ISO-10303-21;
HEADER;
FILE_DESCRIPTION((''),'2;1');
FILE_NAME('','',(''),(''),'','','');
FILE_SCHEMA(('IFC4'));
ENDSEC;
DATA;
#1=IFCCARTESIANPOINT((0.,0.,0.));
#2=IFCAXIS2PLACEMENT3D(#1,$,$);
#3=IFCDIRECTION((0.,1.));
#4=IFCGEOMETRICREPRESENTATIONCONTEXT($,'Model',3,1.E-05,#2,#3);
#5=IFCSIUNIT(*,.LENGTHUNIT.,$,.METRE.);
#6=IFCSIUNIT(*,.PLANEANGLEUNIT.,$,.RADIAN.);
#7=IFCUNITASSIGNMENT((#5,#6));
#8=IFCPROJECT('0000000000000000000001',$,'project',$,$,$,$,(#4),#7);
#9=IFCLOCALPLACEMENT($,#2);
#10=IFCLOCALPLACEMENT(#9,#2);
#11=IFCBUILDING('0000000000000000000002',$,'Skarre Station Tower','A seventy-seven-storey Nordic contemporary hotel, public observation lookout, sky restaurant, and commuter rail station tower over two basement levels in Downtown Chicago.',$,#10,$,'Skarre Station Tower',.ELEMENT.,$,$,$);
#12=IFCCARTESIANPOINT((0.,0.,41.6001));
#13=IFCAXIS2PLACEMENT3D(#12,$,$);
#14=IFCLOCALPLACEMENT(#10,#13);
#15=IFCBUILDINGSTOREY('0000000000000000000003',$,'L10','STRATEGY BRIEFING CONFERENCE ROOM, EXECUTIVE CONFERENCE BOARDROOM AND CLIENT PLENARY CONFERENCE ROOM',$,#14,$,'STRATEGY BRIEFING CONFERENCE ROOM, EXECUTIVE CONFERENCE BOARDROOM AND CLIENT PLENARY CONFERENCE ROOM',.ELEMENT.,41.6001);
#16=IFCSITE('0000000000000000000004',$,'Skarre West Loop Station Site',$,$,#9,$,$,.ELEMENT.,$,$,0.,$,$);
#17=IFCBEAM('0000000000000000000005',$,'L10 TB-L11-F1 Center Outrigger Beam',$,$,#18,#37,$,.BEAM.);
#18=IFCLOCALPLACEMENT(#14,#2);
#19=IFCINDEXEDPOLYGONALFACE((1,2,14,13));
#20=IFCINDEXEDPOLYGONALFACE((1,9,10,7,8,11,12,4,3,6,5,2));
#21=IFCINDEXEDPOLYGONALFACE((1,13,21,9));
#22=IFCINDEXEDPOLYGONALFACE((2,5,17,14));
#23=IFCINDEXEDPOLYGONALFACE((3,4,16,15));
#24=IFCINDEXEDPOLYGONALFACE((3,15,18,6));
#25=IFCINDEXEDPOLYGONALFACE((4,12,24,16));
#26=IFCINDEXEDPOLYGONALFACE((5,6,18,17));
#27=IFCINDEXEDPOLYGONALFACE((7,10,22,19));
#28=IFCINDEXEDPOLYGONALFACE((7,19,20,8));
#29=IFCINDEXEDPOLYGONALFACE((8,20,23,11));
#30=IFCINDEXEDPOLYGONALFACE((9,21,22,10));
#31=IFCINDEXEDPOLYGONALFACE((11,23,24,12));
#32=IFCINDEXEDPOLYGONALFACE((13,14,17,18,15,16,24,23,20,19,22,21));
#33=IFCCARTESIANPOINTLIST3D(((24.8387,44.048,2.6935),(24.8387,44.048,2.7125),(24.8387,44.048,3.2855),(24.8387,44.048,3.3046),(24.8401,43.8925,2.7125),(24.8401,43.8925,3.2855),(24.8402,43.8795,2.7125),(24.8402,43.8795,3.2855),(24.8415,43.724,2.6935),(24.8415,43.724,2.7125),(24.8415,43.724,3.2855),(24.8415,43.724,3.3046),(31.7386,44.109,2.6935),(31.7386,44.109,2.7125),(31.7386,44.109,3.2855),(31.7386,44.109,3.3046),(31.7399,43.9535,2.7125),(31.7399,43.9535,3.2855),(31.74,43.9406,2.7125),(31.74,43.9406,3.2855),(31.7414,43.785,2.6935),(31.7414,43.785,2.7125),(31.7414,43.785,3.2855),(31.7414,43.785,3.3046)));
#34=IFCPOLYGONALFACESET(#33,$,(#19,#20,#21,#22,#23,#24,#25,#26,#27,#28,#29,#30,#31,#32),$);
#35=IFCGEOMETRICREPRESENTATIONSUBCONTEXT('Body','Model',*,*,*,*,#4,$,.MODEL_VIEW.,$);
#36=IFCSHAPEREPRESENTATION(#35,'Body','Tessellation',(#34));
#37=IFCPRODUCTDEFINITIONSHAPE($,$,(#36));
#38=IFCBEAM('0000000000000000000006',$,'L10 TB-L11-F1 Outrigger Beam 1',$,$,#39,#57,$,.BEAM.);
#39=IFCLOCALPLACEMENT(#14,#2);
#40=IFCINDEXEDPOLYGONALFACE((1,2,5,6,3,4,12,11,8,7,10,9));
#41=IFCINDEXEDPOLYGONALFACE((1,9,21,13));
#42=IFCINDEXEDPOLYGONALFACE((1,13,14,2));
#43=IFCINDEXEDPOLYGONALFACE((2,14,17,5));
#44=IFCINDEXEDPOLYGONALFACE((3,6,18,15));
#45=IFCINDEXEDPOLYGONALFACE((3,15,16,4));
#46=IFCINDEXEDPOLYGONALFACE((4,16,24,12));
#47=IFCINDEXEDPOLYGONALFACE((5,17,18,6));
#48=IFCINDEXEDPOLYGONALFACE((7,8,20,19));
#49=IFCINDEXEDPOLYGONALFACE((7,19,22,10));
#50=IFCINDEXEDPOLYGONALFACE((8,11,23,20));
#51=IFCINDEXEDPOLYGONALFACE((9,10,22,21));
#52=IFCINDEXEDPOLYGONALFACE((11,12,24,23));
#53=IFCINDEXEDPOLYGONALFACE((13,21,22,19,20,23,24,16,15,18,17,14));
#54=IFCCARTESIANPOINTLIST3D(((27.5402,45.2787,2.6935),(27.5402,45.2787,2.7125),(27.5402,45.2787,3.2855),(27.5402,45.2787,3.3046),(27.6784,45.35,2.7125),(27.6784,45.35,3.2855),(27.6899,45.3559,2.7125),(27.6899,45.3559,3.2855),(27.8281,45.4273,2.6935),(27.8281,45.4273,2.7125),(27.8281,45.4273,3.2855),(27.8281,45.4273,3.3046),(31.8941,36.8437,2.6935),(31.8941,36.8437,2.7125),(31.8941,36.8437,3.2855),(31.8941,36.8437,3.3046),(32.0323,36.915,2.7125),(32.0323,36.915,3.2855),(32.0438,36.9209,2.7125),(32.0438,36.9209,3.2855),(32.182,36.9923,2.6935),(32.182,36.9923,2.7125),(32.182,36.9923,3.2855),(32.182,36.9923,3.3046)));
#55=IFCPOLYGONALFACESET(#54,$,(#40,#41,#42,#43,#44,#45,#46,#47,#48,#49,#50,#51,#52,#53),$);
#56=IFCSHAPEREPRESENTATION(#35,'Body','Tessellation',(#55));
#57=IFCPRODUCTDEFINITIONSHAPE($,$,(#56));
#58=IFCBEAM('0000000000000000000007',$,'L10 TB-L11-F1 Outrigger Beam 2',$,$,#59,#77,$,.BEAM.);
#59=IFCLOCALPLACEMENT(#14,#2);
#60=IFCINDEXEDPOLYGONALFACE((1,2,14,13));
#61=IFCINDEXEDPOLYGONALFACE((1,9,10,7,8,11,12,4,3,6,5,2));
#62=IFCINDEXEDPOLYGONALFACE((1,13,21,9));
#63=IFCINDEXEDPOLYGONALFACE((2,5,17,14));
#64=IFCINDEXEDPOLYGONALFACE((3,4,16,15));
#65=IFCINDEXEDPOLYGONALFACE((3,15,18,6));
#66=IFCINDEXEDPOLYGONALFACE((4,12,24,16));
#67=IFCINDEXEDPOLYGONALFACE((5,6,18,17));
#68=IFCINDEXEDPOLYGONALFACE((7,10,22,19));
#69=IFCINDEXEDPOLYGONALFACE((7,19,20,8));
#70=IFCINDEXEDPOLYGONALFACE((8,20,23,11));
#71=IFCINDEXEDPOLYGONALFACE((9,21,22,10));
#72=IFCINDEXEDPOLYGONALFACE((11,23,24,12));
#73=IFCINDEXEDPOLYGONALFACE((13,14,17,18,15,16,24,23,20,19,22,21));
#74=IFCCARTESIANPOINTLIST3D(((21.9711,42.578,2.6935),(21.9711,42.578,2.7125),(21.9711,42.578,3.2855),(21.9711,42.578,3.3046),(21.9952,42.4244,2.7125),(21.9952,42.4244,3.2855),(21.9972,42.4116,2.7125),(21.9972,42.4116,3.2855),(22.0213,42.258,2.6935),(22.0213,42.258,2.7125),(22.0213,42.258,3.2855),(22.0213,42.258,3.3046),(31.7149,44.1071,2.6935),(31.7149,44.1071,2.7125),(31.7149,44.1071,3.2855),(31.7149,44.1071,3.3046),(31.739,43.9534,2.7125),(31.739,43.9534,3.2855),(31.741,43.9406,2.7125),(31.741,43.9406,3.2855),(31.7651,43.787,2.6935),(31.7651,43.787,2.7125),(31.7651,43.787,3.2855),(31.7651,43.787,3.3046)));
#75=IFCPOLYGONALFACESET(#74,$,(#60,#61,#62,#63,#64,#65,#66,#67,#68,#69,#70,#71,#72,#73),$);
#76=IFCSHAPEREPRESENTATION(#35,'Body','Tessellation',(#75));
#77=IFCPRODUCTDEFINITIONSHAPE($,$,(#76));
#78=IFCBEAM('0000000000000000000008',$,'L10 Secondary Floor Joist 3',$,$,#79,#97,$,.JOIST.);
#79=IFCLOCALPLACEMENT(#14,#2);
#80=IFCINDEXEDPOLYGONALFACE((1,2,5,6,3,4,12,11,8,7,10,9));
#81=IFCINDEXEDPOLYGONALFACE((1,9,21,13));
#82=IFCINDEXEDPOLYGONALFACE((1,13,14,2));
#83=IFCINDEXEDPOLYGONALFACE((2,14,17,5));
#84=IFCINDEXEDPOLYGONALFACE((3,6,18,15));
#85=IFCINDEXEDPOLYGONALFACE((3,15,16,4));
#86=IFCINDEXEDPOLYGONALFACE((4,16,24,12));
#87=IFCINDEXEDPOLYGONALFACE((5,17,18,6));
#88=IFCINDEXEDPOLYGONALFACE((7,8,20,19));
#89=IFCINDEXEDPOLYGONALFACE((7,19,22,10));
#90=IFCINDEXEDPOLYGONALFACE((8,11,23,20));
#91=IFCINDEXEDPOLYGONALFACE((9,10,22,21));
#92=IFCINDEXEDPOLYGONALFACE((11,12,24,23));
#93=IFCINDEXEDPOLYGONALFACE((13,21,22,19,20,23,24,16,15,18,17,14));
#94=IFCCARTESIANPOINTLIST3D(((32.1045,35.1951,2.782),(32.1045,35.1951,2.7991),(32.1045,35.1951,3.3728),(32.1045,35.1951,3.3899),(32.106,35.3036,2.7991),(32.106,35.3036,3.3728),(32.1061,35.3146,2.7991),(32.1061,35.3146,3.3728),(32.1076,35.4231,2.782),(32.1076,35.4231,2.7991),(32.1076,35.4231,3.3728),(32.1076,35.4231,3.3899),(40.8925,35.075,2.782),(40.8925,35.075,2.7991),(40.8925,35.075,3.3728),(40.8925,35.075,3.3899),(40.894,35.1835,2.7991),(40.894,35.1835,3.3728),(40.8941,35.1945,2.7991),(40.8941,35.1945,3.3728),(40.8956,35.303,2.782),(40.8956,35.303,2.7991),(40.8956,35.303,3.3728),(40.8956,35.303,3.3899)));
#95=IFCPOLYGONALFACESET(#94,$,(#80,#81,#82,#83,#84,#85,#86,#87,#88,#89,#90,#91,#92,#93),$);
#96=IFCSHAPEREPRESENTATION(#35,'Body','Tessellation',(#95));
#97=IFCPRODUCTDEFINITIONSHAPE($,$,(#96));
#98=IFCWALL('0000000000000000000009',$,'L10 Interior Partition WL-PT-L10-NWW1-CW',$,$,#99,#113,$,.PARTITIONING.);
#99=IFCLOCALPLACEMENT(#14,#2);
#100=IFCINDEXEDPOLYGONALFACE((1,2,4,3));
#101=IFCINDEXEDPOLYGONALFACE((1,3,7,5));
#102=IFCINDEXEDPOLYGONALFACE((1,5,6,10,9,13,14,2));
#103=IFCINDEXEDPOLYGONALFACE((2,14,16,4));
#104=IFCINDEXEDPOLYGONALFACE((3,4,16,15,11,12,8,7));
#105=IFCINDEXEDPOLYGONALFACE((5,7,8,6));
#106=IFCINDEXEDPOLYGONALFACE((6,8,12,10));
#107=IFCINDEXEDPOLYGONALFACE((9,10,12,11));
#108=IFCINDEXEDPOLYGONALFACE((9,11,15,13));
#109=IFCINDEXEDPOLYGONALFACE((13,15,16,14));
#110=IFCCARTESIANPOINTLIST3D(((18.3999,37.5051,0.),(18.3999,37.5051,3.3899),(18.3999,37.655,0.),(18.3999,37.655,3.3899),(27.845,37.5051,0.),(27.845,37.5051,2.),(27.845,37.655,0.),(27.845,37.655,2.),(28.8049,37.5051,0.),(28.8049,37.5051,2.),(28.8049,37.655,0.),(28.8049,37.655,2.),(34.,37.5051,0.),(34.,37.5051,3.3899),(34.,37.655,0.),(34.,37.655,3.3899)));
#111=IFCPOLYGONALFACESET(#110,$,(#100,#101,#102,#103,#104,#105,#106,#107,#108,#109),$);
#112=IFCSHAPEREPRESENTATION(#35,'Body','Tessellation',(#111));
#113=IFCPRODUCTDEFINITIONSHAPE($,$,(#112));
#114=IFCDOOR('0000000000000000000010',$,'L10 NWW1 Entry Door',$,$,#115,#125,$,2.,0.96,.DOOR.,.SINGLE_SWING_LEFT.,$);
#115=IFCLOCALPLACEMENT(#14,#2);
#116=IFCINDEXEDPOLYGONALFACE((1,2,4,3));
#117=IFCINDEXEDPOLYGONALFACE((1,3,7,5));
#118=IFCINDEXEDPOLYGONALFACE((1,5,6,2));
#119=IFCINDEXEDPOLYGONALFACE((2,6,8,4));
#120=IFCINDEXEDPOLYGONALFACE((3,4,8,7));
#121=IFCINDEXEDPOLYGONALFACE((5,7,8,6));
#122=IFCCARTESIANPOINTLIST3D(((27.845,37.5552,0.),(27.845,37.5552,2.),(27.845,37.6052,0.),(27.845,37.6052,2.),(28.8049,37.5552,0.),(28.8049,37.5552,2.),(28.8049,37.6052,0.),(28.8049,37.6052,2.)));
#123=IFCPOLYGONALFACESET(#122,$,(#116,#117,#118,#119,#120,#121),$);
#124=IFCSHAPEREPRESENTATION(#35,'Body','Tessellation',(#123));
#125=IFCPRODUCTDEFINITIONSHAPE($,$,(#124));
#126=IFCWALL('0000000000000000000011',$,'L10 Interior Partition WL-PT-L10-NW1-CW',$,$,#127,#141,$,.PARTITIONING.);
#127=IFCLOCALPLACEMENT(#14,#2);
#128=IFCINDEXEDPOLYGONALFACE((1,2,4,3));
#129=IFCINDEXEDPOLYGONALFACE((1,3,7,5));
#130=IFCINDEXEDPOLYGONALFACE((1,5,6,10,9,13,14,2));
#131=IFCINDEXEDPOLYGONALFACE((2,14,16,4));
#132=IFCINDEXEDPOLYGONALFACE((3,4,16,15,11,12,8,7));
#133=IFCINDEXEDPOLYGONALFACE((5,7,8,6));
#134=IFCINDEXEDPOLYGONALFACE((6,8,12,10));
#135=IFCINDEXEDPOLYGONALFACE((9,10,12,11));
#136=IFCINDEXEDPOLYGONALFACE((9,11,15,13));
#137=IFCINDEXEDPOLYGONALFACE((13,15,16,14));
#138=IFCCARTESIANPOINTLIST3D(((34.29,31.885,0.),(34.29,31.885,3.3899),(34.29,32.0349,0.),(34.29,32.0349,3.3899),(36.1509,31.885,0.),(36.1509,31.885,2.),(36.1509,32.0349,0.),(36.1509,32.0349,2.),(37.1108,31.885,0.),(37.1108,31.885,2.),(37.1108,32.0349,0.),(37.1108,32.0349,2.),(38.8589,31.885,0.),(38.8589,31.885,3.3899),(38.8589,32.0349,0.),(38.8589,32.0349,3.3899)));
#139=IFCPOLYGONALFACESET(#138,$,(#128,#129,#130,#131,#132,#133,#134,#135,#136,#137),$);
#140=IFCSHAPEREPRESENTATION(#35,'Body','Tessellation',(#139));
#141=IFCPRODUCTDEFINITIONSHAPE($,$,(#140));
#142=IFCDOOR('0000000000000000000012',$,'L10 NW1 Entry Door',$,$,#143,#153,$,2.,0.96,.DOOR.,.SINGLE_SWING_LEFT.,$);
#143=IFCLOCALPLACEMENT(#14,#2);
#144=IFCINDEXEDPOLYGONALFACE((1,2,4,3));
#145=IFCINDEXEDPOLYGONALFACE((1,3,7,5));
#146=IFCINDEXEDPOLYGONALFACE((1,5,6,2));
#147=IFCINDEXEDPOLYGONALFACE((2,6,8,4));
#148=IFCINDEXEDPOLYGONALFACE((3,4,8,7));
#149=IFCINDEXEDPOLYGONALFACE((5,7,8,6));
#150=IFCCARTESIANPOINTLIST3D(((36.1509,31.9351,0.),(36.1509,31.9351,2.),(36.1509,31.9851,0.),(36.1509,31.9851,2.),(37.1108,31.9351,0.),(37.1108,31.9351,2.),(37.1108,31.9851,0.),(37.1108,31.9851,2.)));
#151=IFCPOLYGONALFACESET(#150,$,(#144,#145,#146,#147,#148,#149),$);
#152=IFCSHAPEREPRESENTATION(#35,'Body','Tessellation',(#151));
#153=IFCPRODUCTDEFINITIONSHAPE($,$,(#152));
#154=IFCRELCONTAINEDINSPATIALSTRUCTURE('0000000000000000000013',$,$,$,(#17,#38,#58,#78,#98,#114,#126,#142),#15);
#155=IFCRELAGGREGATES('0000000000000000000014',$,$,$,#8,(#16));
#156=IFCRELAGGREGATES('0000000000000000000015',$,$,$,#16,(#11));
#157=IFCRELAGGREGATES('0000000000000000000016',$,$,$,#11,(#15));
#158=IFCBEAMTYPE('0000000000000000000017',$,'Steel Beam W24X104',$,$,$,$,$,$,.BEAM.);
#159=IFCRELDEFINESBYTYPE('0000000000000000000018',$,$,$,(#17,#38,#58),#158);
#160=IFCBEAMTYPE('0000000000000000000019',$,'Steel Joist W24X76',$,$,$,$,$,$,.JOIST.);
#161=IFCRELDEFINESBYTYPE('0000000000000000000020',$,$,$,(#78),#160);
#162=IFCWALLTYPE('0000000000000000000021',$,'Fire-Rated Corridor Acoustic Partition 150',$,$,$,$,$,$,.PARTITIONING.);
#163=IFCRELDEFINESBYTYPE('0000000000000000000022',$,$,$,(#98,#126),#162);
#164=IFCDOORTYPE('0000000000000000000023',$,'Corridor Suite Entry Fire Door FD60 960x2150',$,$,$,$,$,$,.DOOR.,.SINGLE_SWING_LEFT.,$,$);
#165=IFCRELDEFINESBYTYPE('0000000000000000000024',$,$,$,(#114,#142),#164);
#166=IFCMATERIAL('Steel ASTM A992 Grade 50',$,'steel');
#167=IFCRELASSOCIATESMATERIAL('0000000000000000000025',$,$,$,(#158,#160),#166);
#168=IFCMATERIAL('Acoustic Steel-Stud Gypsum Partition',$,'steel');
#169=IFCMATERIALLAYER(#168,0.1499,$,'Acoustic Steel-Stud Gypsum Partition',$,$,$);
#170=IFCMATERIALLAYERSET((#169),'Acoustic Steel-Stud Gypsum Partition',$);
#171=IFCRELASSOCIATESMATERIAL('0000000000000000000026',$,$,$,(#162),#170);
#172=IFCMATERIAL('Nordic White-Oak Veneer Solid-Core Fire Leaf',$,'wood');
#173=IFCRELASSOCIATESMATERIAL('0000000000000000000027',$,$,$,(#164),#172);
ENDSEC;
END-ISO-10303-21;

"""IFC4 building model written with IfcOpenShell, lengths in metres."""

from ifc_helpers import new_model, si_unit, direction, frame, frame_2d, origin, origin_2d, place, context, subcontext, project, spatial, rectangle, i_section, extrude, material, layer, layer_set, material_profile, profile_set, type_object, element, fill, save


model = new_model("IFC4")

# Units and contexts
model_context = context("Model", 3, precision=1e-05, world=origin(), true_north=direction((0.0, 1.0)))
body_context = subcontext(model_context, "Body", "Model", "MODEL_VIEW")
ifc_project = project(units=[si_unit("LENGTHUNIT", "METRE"), si_unit("PLANEANGLEUNIT", "RADIAN")], contexts=[model_context])

# Site, building, storey
site_placement = place(None, origin())
site = spatial("IfcSite", under=ifc_project, at=site_placement, Name="Skarre West Loop Station Site", CompositionType="ELEMENT", RefElevation=0.0)
building_placement = place(site_placement, origin())
building = spatial("IfcBuilding", under=site, at=building_placement, Name="Skarre Station Tower", Description="A seventy-seven-storey Nordic contemporary hotel, public observation lookout, sky restaurant, and commuter rail station tower over two basement levels in Downtown Chicago.", LongName="Skarre Station Tower", CompositionType="ELEMENT")
storey_placement = place(building_placement, frame((0.0, 0.0, 41.6001)))
storey = spatial("IfcBuildingStorey", under=building, at=storey_placement, Name="L10", Description="STRATEGY BRIEFING CONFERENCE ROOM, EXECUTIVE CONFERENCE BOARDROOM AND CLIENT PLENARY CONFERENCE ROOM", LongName="STRATEGY BRIEFING CONFERENCE ROOM, EXECUTIVE CONFERENCE BOARDROOM AND CLIENT PLENARY CONFERENCE ROOM", CompositionType="ELEMENT", Elevation=41.6001)

# Beams
ifc_material_1 = material(Name="Steel ASTM A992 Grade 50", Category="steel")
ifc_material_profile_1 = material_profile(ifc_material_1, i_section(OverallWidth=0.324, OverallDepth=0.6111, WebThickness=0.0129, FlangeThickness=0.019, at=origin_2d()), Name="Steel ASTM A992 Grade 50")
ifc_profile_set_1 = profile_set([ifc_material_profile_1], Name="Steel ASTM A992 Grade 50")
beam_type_1 = type_object("IfcBeamType", Name="Steel Beam W24X104", PredefinedType="BEAM", material=ifc_profile_set_1)
beam_1_placement = place(storey_placement, frame((31.74, 43.947, 2.999), z_axis=(-0.999961, -0.008845, 0.0), x_axis=(0.008845, -0.999961, 0.0)))
element("IfcBeam", 1, at=beam_1_placement, inside=storey, type_object=beam_type_1, Name="L10 TB-L11-F1 Center Outrigger Beam", PredefinedType="BEAM", context=body_context, shape_type="SweptSolid", body=[
    extrude(i_section(OverallWidth=0.324, OverallDepth=0.6111, WebThickness=0.0129, FlangeThickness=0.019, at=origin_2d()), origin(), (0.0, 0.0, 1.0), 6.9001),
])
beam_2_placement = place(storey_placement, frame((32.0381, 36.918, 2.999), z_axis=(-0.458678, 0.888602, 0.0), x_axis=(-0.888602, -0.458678, 0.0)))
element("IfcBeam", 2, at=beam_2_placement, inside=storey, type_object=beam_type_1, Name="L10 TB-L11-F1 Outrigger Beam 1", PredefinedType="BEAM", context=body_context, shape_type="SweptSolid", body=[
    extrude(i_section(OverallWidth=0.324, OverallDepth=0.6111, WebThickness=0.0129, FlangeThickness=0.019, at=origin_2d()), origin(), (0.0, 0.0, 1.0), 9.4924),
])
beam_3_placement = place(storey_placement, frame((31.74, 43.947, 2.999), z_axis=(-0.98791, -0.155027, 0.0), x_axis=(0.155027, -0.98791, 0.0)))
element("IfcBeam", 3, at=beam_3_placement, inside=storey, type_object=beam_type_1, Name="L10 TB-L11-F1 Outrigger Beam 2", PredefinedType="BEAM", context=body_context, shape_type="SweptSolid", body=[
    extrude(i_section(OverallWidth=0.324, OverallDepth=0.6111, WebThickness=0.0129, FlangeThickness=0.019, at=origin_2d()), origin(), (0.0, 0.0, 1.0), 9.863),
])
ifc_material_profile_2 = material_profile(ifc_material_1, i_section(OverallWidth=0.228, OverallDepth=0.6079, WebThickness=0.011, FlangeThickness=0.0171, at=origin_2d()), Name="Steel ASTM A992 Grade 50")
ifc_profile_set_2 = profile_set([ifc_material_profile_2], Name="Steel ASTM A992 Grade 50")
beam_type_2 = type_object("IfcBeamType", Name="Steel Joist W24X76", PredefinedType="JOIST", material=ifc_profile_set_2)
beam_4_placement = place(storey_placement, frame((40.894, 35.189, 3.0859), z_axis=(-0.999907, 0.013667, 0.0), x_axis=(-0.013667, -0.999907, 0.0)))
element("IfcBeam", 4, at=beam_4_placement, inside=storey, type_object=beam_type_2, Name="L10 Secondary Floor Joist 3", PredefinedType="JOIST", context=body_context, shape_type="SweptSolid", body=[
    extrude(i_section(OverallWidth=0.228, OverallDepth=0.6079, WebThickness=0.011, FlangeThickness=0.0171, at=origin_2d()), origin(), (0.0, 0.0, 1.0), 8.7888),
])

# Walls, openings, doors
ifc_material_2 = material(Name="Acoustic Steel-Stud Gypsum Partition", Category="steel")
ifc_layer_1 = layer(ifc_material_2, 0.1499, Name="Acoustic Steel-Stud Gypsum Partition")
ifc_layer_set_1 = layer_set([ifc_layer_1], Name="Acoustic Steel-Stud Gypsum Partition")
wall_type_1 = type_object("IfcWallType", Name="Fire-Rated Corridor Acoustic Partition 150", PredefinedType="PARTITIONING", material=ifc_layer_set_1)
wall_1_placement = place(storey_placement, frame((34.0, 37.5801, 0.0), z_axis=(0.0, 0.0, 1.0), x_axis=(-1.0, 0.0, 0.0)))
wall_1 = element("IfcWall", 5, at=wall_1_placement, inside=storey, type_object=wall_type_1, Name="L10 Interior Partition WL-PT-L10-NWW1-CW", PredefinedType="PARTITIONING", context=body_context, shape_type="SweptSolid", body=[
    extrude(rectangle(XDim=15.6001, YDim=0.1499, at=frame_2d((7.8, 0.0))), origin(), (0.0, 0.0, 1.0), 3.3899),
])
opening_1_placement = place(wall_1_placement, frame((5.1951, 0.0, 0.0)))
opening_1 = element("IfcOpeningElement", 6, at=opening_1_placement, cuts=wall_1, PredefinedType="OPENING", context=body_context, shape_type="SweptSolid", body=[
    extrude(rectangle(XDim=0.96, YDim=2.0, at=frame_2d((0.48, 1.0))), frame((0.0, 0.085, 0.0), z_axis=(0.0, -1.0, 0.0), x_axis=(1.0, 0.0, 0.0)), (0.0, 0.0, 1.0), 0.1699),
])
ifc_material_3 = material(Name="Nordic White-Oak Veneer Solid-Core Fire Leaf", Category="wood")
door_type = type_object("IfcDoorType", Name="Corridor Suite Entry Fire Door FD60 960x2150", OperationType="SINGLE_SWING_LEFT", PredefinedType="DOOR", material=ifc_material_3)
door_1_placement = place(opening_1_placement, origin())
door_1 = element("IfcDoor", 7, at=door_1_placement, inside=storey, type_object=door_type, Name="L10 NWW1 Entry Door", OperationType="SINGLE_SWING_LEFT", OverallHeight=2.0, OverallWidth=0.96, PredefinedType="DOOR", context=body_context, shape_type="SweptSolid", body=[
    extrude(rectangle(XDim=0.96, YDim=2.0, at=frame_2d((0.48, 1.0))), frame((0.0, 0.0249, 0.0), z_axis=(0.0, -1.0, 0.0), x_axis=(1.0, 0.0, 0.0)), (0.0, 0.0, 1.0), 0.05),
])
fill(opening_1, door_1)
wall_2_placement = place(storey_placement, frame((38.8589, 31.96, 0.0), z_axis=(0.0, 0.0, 1.0), x_axis=(-1.0, 0.0, 0.0)))
wall_2 = element("IfcWall", 8, at=wall_2_placement, inside=storey, type_object=wall_type_1, Name="L10 Interior Partition WL-PT-L10-NW1-CW", PredefinedType="PARTITIONING", context=body_context, shape_type="SweptSolid", body=[
    extrude(rectangle(XDim=4.5688, YDim=0.1499, at=frame_2d((2.2844, 0.0))), origin(), (0.0, 0.0, 1.0), 3.3899),
])
opening_2_placement = place(wall_2_placement, frame((1.748, 0.0, 0.0)))
opening_2 = element("IfcOpeningElement", 9, at=opening_2_placement, cuts=wall_2, PredefinedType="OPENING", context=body_context, shape_type="SweptSolid", body=[
    extrude(rectangle(XDim=0.96, YDim=2.0, at=frame_2d((0.48, 1.0))), frame((0.0, 0.085, 0.0), z_axis=(0.0, -1.0, 0.0), x_axis=(1.0, 0.0, 0.0)), (0.0, 0.0, 1.0), 0.1699),
])
door_2_placement = place(opening_2_placement, origin())
door_2 = element("IfcDoor", 10, at=door_2_placement, inside=storey, type_object=door_type, Name="L10 NW1 Entry Door", OperationType="SINGLE_SWING_LEFT", OverallHeight=2.0, OverallWidth=0.96, PredefinedType="DOOR", context=body_context, shape_type="SweptSolid", body=[
    extrude(rectangle(XDim=0.96, YDim=2.0, at=frame_2d((0.48, 1.0))), frame((0.0, 0.0249, 0.0), z_axis=(0.0, -1.0, 0.0), x_axis=(1.0, 0.0, 0.0)), (0.0, 0.0, 1.0), 0.05),
])
fill(opening_2, door_2)

save(model, "model.ifc")
